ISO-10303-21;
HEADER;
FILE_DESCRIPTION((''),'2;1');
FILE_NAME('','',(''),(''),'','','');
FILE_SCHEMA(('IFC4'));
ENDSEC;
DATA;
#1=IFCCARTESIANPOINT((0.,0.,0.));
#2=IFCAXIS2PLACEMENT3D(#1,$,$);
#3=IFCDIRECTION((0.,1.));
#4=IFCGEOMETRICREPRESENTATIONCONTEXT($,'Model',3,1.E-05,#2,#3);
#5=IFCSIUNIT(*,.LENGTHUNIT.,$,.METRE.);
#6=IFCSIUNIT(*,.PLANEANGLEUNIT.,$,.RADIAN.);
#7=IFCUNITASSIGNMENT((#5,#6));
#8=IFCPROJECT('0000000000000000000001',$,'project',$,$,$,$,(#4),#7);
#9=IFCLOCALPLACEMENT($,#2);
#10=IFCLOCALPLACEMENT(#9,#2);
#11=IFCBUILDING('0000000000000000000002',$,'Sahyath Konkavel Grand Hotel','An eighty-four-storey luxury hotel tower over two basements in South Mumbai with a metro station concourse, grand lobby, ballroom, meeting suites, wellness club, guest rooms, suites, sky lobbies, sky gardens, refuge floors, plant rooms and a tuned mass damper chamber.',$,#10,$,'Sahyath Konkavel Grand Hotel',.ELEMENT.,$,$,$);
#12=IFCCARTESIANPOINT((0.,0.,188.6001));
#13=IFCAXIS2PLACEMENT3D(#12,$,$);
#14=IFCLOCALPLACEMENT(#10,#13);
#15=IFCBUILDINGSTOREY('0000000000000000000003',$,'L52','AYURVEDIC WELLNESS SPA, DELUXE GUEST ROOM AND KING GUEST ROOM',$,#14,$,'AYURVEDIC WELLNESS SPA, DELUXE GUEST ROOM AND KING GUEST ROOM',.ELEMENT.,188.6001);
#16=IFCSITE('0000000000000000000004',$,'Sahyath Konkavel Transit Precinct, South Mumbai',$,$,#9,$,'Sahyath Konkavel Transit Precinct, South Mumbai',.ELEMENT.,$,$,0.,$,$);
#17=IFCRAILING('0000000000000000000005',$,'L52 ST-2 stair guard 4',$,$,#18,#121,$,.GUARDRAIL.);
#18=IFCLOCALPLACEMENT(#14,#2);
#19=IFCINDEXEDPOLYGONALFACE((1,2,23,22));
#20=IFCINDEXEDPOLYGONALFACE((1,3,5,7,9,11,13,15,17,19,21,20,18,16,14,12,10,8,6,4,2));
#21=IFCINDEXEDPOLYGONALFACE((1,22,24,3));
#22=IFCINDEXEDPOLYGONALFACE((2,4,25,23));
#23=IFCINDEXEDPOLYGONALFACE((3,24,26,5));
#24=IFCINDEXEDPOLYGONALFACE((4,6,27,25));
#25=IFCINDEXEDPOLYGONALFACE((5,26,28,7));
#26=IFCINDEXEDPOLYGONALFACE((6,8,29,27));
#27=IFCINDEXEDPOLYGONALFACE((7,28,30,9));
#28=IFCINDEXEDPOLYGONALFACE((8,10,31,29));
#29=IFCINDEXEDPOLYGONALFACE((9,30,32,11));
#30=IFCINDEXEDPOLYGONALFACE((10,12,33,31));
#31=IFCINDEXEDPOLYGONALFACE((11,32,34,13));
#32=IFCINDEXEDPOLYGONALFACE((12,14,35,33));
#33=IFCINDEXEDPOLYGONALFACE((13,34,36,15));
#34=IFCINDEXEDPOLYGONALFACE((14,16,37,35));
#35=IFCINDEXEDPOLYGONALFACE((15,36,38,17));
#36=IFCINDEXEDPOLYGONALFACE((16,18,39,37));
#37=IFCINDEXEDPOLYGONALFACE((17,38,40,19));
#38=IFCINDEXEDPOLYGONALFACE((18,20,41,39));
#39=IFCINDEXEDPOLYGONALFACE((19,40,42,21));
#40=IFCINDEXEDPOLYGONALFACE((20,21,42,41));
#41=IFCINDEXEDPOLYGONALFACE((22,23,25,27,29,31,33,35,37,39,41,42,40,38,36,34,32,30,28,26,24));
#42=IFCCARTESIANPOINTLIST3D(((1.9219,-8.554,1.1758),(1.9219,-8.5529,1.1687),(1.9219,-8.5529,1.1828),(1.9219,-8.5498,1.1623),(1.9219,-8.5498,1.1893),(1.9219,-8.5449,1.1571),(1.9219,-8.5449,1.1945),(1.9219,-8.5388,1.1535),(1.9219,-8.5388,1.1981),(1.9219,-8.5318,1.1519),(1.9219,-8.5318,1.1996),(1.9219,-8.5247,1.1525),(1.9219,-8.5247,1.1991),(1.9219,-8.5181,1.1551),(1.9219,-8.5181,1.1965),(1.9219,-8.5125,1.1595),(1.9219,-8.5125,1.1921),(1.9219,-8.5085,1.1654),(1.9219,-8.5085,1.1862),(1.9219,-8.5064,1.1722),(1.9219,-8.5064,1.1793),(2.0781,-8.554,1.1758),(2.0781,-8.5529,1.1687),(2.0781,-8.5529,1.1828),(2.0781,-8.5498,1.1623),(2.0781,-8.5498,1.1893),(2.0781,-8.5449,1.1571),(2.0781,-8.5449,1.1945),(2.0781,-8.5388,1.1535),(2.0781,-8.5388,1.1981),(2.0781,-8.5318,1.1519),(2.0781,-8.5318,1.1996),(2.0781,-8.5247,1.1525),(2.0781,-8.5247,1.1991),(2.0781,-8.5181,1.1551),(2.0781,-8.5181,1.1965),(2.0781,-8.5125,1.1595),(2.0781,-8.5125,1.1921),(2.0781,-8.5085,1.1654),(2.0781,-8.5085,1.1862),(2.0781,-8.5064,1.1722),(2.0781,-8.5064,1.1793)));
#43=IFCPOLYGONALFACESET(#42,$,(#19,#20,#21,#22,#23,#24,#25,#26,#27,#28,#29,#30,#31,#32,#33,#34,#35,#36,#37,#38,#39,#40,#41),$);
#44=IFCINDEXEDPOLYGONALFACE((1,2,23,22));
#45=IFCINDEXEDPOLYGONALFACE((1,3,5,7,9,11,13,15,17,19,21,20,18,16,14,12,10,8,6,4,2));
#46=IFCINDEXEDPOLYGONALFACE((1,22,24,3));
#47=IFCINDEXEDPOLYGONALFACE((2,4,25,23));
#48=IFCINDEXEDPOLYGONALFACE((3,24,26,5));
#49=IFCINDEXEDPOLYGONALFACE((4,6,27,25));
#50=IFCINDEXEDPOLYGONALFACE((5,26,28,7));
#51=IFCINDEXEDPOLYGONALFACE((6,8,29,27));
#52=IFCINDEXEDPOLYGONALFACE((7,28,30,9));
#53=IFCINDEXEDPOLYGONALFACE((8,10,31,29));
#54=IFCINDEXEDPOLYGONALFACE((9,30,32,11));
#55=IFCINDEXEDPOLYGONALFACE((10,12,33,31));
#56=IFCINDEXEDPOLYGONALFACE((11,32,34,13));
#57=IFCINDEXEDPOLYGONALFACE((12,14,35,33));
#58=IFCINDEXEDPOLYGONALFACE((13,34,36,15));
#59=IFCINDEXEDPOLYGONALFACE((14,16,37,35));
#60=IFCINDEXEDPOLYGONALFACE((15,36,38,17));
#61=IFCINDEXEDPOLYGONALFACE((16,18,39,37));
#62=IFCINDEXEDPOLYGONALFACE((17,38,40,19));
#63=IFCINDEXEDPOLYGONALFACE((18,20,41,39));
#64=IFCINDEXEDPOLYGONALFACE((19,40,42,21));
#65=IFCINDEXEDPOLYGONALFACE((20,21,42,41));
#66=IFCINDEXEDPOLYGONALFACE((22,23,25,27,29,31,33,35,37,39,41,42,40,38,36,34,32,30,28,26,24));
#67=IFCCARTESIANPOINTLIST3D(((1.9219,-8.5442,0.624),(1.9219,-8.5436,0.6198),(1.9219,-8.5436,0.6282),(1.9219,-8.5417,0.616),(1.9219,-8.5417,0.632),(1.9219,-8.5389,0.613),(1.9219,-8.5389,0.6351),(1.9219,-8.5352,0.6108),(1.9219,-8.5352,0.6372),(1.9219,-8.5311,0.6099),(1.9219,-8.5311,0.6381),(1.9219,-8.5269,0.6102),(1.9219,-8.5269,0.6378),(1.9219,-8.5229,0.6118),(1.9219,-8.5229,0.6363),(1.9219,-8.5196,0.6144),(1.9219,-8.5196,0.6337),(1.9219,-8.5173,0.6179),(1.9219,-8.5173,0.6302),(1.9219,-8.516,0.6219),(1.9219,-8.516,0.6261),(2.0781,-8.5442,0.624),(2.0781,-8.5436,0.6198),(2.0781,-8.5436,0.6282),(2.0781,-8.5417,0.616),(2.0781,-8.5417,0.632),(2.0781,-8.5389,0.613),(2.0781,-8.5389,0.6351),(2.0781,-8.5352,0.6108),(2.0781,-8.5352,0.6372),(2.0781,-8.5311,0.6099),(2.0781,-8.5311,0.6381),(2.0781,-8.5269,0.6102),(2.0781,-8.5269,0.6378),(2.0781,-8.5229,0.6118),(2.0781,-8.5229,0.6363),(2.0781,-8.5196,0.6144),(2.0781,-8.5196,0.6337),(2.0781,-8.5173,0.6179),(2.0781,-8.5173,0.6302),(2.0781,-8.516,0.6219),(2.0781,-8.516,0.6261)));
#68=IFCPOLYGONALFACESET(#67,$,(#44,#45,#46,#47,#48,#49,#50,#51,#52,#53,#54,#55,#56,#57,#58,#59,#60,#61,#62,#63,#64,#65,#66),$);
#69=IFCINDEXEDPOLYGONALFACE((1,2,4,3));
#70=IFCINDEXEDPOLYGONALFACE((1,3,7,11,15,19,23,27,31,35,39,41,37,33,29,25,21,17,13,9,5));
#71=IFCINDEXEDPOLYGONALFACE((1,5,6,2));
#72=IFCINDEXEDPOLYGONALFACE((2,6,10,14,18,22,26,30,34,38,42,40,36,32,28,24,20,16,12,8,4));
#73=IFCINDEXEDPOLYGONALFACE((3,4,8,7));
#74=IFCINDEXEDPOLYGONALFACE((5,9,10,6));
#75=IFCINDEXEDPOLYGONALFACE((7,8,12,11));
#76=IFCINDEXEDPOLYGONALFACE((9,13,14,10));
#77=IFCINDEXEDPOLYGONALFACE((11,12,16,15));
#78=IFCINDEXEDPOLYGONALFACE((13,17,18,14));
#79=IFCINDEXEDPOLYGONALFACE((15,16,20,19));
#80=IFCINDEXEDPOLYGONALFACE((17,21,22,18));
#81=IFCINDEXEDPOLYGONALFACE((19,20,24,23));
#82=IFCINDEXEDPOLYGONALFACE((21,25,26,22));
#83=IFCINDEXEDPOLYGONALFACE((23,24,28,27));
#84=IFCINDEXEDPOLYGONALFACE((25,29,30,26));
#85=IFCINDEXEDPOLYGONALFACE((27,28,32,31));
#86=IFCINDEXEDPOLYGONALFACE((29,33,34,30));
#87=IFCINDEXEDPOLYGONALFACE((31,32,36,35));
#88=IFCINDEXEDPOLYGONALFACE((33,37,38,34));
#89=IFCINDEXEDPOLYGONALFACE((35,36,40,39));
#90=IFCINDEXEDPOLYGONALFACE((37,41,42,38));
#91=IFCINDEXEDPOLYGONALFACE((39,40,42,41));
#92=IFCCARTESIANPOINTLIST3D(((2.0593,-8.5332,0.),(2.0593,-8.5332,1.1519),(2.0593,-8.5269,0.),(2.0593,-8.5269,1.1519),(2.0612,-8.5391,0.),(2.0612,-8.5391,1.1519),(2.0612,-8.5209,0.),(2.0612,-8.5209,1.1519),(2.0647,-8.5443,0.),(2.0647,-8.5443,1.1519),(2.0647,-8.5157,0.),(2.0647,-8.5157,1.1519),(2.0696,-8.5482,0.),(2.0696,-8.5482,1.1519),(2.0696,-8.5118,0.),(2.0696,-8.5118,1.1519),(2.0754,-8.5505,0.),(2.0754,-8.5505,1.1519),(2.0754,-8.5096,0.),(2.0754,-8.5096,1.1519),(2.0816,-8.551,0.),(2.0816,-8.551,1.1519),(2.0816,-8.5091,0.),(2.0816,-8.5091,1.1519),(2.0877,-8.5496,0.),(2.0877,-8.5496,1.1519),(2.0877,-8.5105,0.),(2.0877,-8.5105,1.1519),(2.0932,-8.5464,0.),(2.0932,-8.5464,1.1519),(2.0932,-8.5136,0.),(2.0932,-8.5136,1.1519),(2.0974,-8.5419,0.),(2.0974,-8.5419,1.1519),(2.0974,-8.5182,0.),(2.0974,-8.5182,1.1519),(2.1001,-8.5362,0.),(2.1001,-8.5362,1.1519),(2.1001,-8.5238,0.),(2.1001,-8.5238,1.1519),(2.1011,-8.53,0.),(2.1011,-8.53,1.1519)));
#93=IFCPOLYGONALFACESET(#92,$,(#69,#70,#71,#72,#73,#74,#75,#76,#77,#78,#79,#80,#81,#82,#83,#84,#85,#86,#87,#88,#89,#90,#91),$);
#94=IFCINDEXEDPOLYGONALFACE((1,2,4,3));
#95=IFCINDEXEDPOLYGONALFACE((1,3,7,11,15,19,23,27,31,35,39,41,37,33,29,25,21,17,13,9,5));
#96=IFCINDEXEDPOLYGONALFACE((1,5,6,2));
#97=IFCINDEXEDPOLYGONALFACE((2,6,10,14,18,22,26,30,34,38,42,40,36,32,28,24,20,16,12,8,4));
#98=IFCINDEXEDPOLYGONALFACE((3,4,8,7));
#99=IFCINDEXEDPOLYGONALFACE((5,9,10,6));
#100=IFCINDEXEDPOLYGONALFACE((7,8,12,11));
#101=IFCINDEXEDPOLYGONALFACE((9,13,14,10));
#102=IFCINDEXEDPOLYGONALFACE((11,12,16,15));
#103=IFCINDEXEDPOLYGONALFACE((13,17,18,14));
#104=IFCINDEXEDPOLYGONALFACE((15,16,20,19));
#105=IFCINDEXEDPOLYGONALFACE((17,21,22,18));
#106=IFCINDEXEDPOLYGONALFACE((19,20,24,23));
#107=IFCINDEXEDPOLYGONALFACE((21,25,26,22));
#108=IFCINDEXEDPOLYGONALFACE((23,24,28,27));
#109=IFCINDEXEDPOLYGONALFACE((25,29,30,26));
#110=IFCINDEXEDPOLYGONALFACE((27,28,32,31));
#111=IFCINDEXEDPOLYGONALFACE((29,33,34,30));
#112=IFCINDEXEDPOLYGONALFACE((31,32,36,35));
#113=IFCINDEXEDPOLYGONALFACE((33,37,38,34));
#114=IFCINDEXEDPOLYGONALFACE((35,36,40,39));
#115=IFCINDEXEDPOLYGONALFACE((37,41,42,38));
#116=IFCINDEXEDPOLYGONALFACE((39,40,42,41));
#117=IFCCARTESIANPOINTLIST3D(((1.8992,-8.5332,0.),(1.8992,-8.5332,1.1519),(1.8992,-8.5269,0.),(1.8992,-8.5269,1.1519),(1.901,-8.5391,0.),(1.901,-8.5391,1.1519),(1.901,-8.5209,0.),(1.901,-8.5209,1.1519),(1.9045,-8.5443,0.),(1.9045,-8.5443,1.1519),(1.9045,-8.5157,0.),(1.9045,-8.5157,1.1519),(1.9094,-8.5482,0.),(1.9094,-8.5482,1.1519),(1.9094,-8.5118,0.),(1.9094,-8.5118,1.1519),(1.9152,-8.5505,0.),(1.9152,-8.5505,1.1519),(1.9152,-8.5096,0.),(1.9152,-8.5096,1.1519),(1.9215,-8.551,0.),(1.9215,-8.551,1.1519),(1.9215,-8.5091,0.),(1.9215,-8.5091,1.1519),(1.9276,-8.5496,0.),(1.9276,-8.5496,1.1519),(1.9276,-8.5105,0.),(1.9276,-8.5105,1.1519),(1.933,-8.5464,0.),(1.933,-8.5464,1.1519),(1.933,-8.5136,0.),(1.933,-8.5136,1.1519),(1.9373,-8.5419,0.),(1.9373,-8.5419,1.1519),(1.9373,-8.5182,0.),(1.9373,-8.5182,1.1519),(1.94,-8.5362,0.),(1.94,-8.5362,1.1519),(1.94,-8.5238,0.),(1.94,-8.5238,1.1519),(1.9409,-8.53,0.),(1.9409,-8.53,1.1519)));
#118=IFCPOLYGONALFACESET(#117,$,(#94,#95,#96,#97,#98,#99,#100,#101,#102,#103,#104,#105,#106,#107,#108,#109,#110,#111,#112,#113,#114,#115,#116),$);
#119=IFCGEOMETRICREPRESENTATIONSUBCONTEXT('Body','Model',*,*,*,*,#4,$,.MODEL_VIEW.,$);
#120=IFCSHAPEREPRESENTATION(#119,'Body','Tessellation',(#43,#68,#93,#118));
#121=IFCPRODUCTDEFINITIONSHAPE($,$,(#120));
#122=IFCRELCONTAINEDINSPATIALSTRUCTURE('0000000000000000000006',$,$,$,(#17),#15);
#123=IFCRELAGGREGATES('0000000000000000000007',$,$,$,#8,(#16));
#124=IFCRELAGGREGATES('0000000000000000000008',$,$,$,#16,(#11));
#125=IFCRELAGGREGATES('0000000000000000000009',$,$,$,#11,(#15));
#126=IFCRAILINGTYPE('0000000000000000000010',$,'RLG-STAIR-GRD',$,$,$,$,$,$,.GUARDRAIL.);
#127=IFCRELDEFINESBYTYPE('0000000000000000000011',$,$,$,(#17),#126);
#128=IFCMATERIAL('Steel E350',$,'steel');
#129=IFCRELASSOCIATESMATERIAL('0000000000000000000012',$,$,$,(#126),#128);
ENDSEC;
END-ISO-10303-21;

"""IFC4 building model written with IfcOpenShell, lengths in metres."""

from ifc_helpers import new_model, si_unit, direction, frame, origin, origin_2d, place, context, subcontext, project, spatial, circle, extrude, material, type_object, element, save


model = new_model("IFC4")

# Units and contexts
model_context = context("Model", 3, precision=1e-05, world=origin(), true_north=direction((0.0, 1.0)))
body_context = subcontext(model_context, "Body", "Model", "MODEL_VIEW")
ifc_project = project(units=[si_unit("LENGTHUNIT", "METRE"), si_unit("PLANEANGLEUNIT", "RADIAN")], contexts=[model_context])

# Site, building, storey
site_placement = place(None, origin())
site = spatial("IfcSite", under=ifc_project, at=site_placement, Name="Sahyath Konkavel Transit Precinct, South Mumbai", LongName="Sahyath Konkavel Transit Precinct, South Mumbai", CompositionType="ELEMENT", RefElevation=0.0)
building_placement = place(site_placement, origin())
building = spatial("IfcBuilding", under=site, at=building_placement, Name="Sahyath Konkavel Grand Hotel", Description="An eighty-four-storey luxury hotel tower over two basements in South Mumbai with a metro station concourse, grand lobby, ballroom, meeting suites, wellness club, guest rooms, suites, sky lobbies, sky gardens, refuge floors, plant rooms and a tuned mass damper chamber.", LongName="Sahyath Konkavel Grand Hotel", CompositionType="ELEMENT")
storey_placement = place(building_placement, frame((0.0, 0.0, 188.6001)))
storey = spatial("IfcBuildingStorey", under=building, at=storey_placement, Name="L52", Description="AYURVEDIC WELLNESS SPA, DELUXE GUEST ROOM AND KING GUEST ROOM", LongName="AYURVEDIC WELLNESS SPA, DELUXE GUEST ROOM AND KING GUEST ROOM", CompositionType="ELEMENT", Elevation=188.6001)

# Shared definitions
ifc_material_1 = material(Name="Steel E350", Category="steel")

# Railing
railing_type_1 = type_object("IfcRailingType", Name="RLG-STAIR-GRD", PredefinedType="GUARDRAIL", material=ifc_material_1)
railing_1_placement = place(storey_placement, frame((2.0801, -8.53, 0.0)))
element("IfcRailing", 1, at=railing_1_placement, inside=storey, type_object=railing_type_1, Name="L52 ST-2 stair guard 4", PredefinedType="GUARDRAIL", context=body_context, shape_type="SweptSolid", body=[
    extrude(circle(Radius=0.0239, at=origin_2d()), frame((-0.002, 0.0, 1.1758), z_axis=(-1.0, 0.0, 0.0), x_axis=(0.0, -1.0, 0.0)), (0.0, 0.0, 1.0), 0.1562),
    extrude(circle(Radius=0.0142, at=origin_2d()), frame((-0.002, 0.0, 0.624), z_axis=(-1.0, 0.0, 0.0), x_axis=(0.0, -1.0, 0.0)), (0.0, 0.0, 1.0), 0.1562),
    extrude(circle(Radius=0.021, at=origin_2d()), origin(), (0.0, 0.0, 1.0), 1.1519),
    extrude(circle(Radius=0.021, at=origin_2d()), frame((-0.1602, 0.0, 0.0)), (0.0, 0.0, 1.0), 1.1519),
])

save(model, "model.ifc")
